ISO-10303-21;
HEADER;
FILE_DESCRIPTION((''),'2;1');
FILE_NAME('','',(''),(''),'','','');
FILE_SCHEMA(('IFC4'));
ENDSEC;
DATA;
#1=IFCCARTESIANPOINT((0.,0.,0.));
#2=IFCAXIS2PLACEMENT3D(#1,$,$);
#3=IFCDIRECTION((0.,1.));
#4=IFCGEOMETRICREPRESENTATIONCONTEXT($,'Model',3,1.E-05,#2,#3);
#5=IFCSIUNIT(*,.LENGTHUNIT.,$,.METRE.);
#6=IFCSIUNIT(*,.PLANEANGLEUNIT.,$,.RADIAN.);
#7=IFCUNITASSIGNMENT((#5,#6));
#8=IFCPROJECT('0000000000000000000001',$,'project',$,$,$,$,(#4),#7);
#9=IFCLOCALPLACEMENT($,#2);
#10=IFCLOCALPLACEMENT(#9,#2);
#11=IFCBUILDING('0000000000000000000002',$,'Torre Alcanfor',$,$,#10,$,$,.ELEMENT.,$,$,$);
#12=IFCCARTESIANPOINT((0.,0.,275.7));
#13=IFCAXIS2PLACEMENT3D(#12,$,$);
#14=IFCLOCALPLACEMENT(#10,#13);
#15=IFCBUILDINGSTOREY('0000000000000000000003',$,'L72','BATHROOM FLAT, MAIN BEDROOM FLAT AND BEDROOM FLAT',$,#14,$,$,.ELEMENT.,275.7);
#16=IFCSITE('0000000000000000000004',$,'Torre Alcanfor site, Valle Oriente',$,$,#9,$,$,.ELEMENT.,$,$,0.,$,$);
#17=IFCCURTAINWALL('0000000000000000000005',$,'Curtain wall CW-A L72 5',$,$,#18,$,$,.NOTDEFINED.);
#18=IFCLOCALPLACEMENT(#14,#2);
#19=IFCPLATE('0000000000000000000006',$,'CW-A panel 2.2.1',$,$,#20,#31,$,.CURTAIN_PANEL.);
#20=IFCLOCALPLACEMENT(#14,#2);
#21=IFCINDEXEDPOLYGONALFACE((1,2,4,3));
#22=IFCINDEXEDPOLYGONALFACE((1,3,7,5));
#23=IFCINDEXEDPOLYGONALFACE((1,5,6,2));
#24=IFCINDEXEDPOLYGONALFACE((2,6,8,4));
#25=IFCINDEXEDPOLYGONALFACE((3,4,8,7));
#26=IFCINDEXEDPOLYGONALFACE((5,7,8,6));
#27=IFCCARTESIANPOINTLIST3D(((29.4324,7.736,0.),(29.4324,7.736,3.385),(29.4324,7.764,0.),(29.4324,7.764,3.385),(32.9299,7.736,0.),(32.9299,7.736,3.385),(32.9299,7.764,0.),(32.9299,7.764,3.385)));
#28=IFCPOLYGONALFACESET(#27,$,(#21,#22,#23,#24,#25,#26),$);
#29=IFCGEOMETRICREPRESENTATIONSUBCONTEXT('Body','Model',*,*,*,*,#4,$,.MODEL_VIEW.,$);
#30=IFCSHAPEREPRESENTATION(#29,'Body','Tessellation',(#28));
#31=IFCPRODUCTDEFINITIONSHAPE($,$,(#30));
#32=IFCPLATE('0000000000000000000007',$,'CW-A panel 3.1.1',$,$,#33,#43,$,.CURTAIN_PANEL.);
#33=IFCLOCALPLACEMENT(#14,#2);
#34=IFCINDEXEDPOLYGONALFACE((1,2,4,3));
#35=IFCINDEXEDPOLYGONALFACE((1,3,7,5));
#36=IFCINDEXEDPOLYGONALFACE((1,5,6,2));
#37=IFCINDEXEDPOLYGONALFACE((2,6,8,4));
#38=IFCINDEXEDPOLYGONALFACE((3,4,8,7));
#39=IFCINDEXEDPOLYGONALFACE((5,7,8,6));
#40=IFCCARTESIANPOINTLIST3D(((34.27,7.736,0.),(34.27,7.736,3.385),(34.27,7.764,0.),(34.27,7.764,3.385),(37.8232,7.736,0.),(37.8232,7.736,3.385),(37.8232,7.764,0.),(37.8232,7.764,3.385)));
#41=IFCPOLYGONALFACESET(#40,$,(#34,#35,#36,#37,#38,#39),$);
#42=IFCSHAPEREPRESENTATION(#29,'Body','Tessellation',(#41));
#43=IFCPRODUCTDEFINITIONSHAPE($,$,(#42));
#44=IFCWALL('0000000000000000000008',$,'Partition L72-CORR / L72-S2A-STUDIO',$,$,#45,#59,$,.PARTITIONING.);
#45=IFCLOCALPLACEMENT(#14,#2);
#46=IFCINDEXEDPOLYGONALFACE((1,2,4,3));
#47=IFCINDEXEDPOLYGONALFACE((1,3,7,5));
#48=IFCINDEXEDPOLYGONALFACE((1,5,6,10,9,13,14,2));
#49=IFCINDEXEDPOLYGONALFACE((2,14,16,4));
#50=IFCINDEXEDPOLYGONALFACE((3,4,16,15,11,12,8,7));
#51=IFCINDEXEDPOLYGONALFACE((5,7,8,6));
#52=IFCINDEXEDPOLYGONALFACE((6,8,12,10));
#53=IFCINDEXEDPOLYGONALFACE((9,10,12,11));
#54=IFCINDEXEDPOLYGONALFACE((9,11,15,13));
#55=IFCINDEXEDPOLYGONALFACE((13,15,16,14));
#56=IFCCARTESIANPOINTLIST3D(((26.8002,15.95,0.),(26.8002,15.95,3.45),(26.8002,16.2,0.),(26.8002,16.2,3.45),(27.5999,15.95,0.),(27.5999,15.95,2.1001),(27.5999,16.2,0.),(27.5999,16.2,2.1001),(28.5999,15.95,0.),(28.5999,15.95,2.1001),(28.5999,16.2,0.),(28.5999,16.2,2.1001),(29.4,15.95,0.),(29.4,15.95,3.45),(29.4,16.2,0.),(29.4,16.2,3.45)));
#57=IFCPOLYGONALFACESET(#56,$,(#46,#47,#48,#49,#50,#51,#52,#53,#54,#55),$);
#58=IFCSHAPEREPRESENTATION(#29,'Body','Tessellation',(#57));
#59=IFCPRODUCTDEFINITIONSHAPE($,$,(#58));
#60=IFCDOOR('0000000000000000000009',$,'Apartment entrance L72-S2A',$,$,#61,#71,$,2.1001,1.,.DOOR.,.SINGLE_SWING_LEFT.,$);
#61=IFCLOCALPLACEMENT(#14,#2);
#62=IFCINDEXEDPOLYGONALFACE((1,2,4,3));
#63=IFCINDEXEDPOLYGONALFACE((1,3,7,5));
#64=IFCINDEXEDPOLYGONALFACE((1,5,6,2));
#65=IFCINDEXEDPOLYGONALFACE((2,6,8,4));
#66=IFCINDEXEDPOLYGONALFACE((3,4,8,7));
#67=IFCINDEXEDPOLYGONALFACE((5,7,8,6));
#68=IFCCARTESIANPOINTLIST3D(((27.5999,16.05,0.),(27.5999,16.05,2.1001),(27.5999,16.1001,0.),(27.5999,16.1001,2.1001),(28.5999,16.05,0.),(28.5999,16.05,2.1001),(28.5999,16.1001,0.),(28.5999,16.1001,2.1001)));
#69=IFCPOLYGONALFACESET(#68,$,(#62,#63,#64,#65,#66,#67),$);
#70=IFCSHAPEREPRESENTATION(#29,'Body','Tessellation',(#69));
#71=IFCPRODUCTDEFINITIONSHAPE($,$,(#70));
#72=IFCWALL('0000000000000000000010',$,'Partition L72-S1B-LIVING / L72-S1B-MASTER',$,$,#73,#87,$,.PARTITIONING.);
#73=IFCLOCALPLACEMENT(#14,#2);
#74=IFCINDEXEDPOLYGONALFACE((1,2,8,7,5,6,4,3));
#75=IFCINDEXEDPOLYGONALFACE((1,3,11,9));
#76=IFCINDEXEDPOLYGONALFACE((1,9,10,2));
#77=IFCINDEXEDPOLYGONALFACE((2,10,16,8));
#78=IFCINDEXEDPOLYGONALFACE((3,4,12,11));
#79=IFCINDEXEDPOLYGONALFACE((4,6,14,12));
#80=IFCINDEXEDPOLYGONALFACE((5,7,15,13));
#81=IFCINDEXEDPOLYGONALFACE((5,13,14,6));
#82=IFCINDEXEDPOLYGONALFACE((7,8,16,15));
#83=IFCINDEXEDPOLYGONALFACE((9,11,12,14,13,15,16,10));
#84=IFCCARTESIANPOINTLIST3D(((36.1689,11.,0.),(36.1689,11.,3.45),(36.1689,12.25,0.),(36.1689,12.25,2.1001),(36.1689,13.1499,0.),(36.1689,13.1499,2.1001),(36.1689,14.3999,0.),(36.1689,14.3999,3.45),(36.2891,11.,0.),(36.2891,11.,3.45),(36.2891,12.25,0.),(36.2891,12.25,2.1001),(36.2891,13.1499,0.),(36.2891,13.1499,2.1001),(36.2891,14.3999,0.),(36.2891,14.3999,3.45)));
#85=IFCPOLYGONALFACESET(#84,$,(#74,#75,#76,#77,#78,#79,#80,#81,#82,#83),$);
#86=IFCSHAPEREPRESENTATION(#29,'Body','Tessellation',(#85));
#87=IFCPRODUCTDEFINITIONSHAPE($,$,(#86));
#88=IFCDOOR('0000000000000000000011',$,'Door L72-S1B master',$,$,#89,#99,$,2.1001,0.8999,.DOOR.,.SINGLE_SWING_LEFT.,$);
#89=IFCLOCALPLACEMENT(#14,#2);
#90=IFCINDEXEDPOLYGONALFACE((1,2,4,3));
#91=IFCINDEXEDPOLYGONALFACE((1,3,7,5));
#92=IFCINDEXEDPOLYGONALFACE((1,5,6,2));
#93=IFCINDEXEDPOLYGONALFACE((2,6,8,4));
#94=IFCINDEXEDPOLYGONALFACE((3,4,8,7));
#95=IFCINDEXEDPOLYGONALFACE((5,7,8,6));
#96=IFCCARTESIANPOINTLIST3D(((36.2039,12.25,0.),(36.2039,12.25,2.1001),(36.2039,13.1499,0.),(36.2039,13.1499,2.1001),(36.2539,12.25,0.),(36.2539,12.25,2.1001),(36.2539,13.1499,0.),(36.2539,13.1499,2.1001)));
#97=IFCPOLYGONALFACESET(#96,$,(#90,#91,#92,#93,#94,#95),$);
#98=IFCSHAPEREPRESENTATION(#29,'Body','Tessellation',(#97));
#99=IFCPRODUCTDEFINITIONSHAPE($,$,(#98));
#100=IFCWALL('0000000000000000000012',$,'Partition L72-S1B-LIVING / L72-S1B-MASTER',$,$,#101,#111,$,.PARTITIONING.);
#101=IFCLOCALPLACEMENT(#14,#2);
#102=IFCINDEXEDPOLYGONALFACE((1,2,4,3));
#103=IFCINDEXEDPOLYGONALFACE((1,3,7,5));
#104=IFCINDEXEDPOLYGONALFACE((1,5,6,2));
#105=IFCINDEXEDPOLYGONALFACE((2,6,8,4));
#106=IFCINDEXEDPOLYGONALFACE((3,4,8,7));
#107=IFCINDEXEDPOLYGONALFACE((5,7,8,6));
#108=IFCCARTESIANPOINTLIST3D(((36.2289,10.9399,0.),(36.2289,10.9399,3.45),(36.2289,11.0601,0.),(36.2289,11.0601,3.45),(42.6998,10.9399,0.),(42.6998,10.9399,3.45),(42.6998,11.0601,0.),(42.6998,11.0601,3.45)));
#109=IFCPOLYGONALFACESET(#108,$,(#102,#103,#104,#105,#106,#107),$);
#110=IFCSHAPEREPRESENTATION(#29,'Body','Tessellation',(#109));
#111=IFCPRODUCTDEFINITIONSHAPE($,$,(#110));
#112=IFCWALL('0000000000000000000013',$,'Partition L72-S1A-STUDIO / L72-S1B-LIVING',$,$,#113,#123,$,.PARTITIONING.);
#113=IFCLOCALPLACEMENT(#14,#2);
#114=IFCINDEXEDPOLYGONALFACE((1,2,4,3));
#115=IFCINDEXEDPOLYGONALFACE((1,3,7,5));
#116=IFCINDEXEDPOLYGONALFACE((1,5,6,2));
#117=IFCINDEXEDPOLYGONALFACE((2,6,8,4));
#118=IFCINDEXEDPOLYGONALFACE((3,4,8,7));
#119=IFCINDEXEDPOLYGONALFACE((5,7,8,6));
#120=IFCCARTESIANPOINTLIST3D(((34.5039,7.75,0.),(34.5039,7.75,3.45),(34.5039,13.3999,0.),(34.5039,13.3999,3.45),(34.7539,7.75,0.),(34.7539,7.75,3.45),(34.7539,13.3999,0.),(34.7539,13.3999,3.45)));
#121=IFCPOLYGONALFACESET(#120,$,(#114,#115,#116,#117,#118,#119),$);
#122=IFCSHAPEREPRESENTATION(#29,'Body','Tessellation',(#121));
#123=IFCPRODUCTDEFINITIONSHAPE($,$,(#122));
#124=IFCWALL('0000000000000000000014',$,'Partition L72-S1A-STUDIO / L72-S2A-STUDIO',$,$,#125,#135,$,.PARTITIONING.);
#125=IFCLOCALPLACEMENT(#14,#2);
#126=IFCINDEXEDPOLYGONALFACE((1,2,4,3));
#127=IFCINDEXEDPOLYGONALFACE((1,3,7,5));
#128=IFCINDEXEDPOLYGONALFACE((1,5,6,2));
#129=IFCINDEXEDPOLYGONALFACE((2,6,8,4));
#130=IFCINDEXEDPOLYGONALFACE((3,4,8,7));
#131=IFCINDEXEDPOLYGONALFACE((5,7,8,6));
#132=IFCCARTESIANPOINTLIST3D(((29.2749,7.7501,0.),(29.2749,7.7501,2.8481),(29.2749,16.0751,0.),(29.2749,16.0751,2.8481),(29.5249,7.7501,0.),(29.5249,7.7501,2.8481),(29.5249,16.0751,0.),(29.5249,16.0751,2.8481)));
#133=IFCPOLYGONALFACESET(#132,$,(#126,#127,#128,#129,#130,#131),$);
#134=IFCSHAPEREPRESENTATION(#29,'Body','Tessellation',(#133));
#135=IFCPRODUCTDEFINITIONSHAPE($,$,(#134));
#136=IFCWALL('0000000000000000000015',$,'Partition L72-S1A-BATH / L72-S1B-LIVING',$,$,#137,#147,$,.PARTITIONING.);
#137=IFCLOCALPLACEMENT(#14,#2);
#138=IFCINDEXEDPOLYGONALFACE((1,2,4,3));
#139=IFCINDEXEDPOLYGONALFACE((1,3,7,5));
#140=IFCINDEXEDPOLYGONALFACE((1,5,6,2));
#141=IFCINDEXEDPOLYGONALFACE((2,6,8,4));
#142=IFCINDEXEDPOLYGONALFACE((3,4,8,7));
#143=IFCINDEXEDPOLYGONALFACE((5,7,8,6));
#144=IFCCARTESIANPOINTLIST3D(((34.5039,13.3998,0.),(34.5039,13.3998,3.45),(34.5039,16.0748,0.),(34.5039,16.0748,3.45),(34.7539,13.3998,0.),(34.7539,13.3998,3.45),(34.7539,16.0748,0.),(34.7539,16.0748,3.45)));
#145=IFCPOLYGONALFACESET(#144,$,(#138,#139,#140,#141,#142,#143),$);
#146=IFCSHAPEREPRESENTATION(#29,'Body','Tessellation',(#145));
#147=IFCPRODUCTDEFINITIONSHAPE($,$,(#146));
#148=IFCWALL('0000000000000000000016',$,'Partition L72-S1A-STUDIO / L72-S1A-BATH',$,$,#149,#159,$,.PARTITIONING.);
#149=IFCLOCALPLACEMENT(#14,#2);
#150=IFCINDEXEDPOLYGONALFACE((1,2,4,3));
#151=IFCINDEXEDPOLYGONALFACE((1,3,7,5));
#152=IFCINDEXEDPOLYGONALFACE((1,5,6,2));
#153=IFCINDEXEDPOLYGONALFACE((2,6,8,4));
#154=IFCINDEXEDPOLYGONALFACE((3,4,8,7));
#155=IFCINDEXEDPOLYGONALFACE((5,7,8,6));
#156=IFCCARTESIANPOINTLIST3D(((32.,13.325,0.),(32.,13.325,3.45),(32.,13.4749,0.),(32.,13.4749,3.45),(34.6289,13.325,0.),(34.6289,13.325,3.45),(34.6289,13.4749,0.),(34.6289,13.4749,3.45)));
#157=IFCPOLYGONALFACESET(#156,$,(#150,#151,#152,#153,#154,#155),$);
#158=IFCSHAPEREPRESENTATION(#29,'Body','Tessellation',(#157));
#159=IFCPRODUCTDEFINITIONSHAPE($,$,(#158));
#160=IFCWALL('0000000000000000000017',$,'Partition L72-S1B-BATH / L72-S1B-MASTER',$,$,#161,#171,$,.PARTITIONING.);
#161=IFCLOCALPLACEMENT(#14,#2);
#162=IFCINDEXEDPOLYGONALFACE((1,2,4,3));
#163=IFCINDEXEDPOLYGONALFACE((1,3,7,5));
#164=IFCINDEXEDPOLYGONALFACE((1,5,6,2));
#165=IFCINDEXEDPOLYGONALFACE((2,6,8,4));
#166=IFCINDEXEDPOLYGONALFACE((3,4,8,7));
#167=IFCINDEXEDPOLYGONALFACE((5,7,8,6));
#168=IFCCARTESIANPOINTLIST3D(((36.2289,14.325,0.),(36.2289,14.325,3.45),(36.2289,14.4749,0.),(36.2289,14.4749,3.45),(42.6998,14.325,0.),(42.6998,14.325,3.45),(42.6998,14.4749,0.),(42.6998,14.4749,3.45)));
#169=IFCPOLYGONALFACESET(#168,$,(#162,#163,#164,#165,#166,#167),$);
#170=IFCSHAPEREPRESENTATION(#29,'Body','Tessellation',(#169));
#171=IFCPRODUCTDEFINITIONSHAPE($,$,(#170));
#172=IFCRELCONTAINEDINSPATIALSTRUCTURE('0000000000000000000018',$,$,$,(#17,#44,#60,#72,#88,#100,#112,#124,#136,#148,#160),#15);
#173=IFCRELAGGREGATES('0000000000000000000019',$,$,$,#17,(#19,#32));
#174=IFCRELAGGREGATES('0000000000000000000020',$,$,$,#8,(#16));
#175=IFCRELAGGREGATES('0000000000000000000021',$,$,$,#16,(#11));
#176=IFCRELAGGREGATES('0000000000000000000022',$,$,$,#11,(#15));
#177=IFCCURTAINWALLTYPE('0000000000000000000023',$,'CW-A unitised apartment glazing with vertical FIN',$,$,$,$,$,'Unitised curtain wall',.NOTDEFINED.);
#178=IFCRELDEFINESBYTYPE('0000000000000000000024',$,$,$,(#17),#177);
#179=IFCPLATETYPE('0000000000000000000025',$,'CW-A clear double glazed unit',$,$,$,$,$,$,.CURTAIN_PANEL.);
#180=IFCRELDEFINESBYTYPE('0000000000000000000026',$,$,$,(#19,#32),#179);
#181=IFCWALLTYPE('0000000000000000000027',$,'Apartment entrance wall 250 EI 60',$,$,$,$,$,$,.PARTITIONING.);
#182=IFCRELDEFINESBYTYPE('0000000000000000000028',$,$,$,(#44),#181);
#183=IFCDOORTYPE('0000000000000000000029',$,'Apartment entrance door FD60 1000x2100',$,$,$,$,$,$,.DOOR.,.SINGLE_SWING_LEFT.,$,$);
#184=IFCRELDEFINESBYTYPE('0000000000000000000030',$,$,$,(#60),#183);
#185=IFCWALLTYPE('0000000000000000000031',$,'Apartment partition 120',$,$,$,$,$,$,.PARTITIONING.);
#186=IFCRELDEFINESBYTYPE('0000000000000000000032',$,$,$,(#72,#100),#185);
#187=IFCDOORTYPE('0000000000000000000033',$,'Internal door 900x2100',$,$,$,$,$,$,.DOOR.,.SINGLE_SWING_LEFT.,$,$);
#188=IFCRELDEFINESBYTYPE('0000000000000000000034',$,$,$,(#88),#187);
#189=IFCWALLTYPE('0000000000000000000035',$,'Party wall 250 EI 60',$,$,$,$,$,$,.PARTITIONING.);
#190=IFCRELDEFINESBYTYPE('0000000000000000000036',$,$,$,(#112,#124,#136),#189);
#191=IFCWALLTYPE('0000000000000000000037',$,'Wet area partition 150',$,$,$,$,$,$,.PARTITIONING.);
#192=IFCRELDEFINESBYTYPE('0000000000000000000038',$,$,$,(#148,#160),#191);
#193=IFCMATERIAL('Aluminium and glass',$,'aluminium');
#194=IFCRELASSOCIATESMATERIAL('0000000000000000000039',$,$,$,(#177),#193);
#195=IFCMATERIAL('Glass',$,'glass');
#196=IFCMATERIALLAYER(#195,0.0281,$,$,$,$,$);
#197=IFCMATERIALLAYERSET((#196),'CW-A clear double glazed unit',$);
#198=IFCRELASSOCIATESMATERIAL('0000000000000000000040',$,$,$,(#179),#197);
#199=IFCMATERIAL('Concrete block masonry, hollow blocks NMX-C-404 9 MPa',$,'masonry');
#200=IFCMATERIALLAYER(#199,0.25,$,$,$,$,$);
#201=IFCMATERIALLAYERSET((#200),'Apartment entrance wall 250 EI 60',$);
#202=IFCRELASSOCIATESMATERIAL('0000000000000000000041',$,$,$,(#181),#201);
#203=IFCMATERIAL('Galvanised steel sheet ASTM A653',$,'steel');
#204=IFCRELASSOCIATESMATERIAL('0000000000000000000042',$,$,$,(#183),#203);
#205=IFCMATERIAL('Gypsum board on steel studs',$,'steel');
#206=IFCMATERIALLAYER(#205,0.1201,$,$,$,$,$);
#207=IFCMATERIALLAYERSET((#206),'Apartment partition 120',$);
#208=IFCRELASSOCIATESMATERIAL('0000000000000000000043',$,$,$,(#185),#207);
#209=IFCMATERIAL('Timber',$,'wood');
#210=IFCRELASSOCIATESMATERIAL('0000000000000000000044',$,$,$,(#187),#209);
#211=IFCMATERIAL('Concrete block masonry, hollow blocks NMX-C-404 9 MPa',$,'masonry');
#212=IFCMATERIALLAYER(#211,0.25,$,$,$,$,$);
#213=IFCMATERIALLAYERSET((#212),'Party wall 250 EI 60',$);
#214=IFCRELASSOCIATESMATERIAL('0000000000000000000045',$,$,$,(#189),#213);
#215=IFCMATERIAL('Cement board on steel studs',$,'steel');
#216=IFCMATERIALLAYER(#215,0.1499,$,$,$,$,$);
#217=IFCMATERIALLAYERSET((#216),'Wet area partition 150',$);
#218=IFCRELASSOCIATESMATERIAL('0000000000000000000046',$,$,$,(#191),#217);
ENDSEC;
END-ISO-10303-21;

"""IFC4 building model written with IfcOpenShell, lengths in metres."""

from ifc_helpers import new_model, si_unit, direction, frame, frame_2d, origin, origin_2d, place, context, subcontext, project, spatial, rectangle, extrude, material, layer, layer_set, type_object, element, fill, aggregate, save


model = new_model("IFC4")

# Units and contexts
model_context = context("Model", 3, precision=1e-05, world=origin(), true_north=direction((0.0, 1.0)))
body_context = subcontext(model_context, "Body", "Model", "MODEL_VIEW")
ifc_project = project(units=[si_unit("LENGTHUNIT", "METRE"), si_unit("PLANEANGLEUNIT", "RADIAN")], contexts=[model_context])

# Site, building, storey
site_placement = place(None, origin())
site = spatial("IfcSite", under=ifc_project, at=site_placement, Name="Torre Alcanfor site, Valle Oriente", CompositionType="ELEMENT", RefElevation=0.0)
building_placement = place(site_placement, origin())
building = spatial("IfcBuilding", under=site, at=building_placement, Name="Torre Alcanfor", CompositionType="ELEMENT")
storey_placement = place(building_placement, frame((0.0, 0.0, 275.7)))
storey = spatial("IfcBuildingStorey", under=building, at=storey_placement, Name="L72", Description="BATHROOM FLAT, MAIN BEDROOM FLAT AND BEDROOM FLAT", CompositionType="ELEMENT", Elevation=275.7)

# Curtain wall
ifc_material_1 = material(Name="Aluminium and glass", Category="aluminium")
curtain_wall_type = type_object("IfcCurtainWallType", Name="CW-A unitised apartment glazing with vertical FIN", ElementType="Unitised curtain wall", PredefinedType="NOTDEFINED", material=ifc_material_1)
curtain_wall_placement = place(storey_placement, origin())
curtain_wall = element("IfcCurtainWall", 1, at=curtain_wall_placement, inside=storey, type_object=curtain_wall_type, Name="Curtain wall CW-A L72 5", PredefinedType="NOTDEFINED")

# Plates
ifc_material_2 = material(Name="Glass", Category="glass")
ifc_layer_1 = layer(ifc_material_2, 0.0281)
ifc_layer_set_1 = layer_set([ifc_layer_1], Name="CW-A clear double glazed unit")
plate_type = type_object("IfcPlateType", Name="CW-A clear double glazed unit", PredefinedType="CURTAIN_PANEL", material=ifc_layer_set_1)
plate_1_placement = place(storey_placement, frame((31.1812, 7.75, 0.0), z_axis=(0.0, 0.0, 1.0), x_axis=(1.0, 0.0, 0.0)))
plate_1 = element("IfcPlate", 2, at=plate_1_placement, type_object=plate_type, Name="CW-A panel 2.2.1", PredefinedType="CURTAIN_PANEL", context=body_context, shape_type="SweptSolid", body=[
    extrude(rectangle(XDim=3.4976, YDim=0.0281, at=origin_2d()), origin(), (0.0, 0.0, 1.0), 3.385),
])
plate_2_placement = place(storey_placement, frame((36.0466, 7.75, 0.0), z_axis=(0.0, 0.0, 1.0), x_axis=(1.0, 0.0, 0.0)))
plate_2 = element("IfcPlate", 3, at=plate_2_placement, type_object=plate_type, Name="CW-A panel 3.1.1", PredefinedType="CURTAIN_PANEL", context=body_context, shape_type="SweptSolid", body=[
    extrude(rectangle(XDim=3.5532, YDim=0.0281, at=origin_2d()), origin(), (0.0, 0.0, 1.0), 3.385),
])
aggregate(curtain_wall, [plate_1, plate_2])

# Walls, openings, doors
ifc_material_3 = material(Name="Concrete block masonry, hollow blocks NMX-C-404 9 MPa", Category="masonry")
ifc_layer_2 = layer(ifc_material_3, 0.25)
ifc_layer_set_2 = layer_set([ifc_layer_2], Name="Apartment entrance wall 250 EI 60")
wall_type_1 = type_object("IfcWallType", Name="Apartment entrance wall 250 EI 60", PredefinedType="PARTITIONING", material=ifc_layer_set_2)
wall_1_placement = place(storey_placement, frame((29.3999, 16.075, 0.0), z_axis=(0.0, 0.0, 1.0), x_axis=(-1.0, 0.0, 0.0)))
wall_1 = element("IfcWall", 4, at=wall_1_placement, inside=storey, type_object=wall_type_1, Name="Partition L72-CORR / L72-S2A-STUDIO", PredefinedType="PARTITIONING", context=body_context, shape_type="SweptSolid", body=[
    extrude(rectangle(XDim=2.5999, YDim=0.25, at=frame_2d((1.2998, 0.0))), origin(), (0.0, 0.0, 1.0), 3.45),
])
opening_1_placement = place(wall_1_placement, frame((0.8, 0.0, 0.0)))
opening_1 = element("IfcOpeningElement", 5, at=opening_1_placement, cuts=wall_1, PredefinedType="OPENING", context=body_context, shape_type="SweptSolid", body=[
    extrude(rectangle(XDim=1.0, YDim=2.1001, at=frame_2d((0.5, 1.05))), frame((0.0, 0.135, 0.0), z_axis=(0.0, -1.0, 0.0), x_axis=(1.0, 0.0, 0.0)), (0.0, 0.0, 1.0), 0.27),
])
ifc_material_4 = material(Name="Galvanised steel sheet ASTM A653", Category="steel")
door_type_1 = type_object("IfcDoorType", Name="Apartment entrance door FD60 1000x2100", OperationType="SINGLE_SWING_LEFT", PredefinedType="DOOR", material=ifc_material_4)
door_1_placement = place(opening_1_placement, origin())
door_1 = element("IfcDoor", 6, at=door_1_placement, inside=storey, type_object=door_type_1, Name="Apartment entrance L72-S2A", OperationType="SINGLE_SWING_LEFT", OverallHeight=2.1001, OverallWidth=1.0, PredefinedType="DOOR", context=body_context, shape_type="SweptSolid", body=[
    extrude(rectangle(XDim=1.0, YDim=2.1001, at=frame_2d((0.5, 1.05))), frame((0.0, 0.0249, 0.0), z_axis=(0.0, -1.0, 0.0), x_axis=(1.0, 0.0, 0.0)), (0.0, 0.0, 1.0), 0.05),
])
fill(opening_1, door_1)
ifc_material_5 = material(Name="Gypsum board on steel studs", Category="steel")
ifc_layer_3 = layer(ifc_material_5, 0.1201)
ifc_layer_set_3 = layer_set([ifc_layer_3], Name="Apartment partition 120")
wall_type_2 = type_object("IfcWallType", Name="Apartment partition 120", PredefinedType="PARTITIONING", material=ifc_layer_set_3)
wall_2_placement = place(storey_placement, frame((36.229, 14.3999, 0.0), z_axis=(0.0, 0.0, 1.0), x_axis=(0.0, -1.0, 0.0)))
wall_2 = element("IfcWall", 7, at=wall_2_placement, inside=storey, type_object=wall_type_2, Name="Partition L72-S1B-LIVING / L72-S1B-MASTER", PredefinedType="PARTITIONING", context=body_context, shape_type="SweptSolid", body=[
    extrude(rectangle(XDim=3.3999, YDim=0.1201, at=frame_2d((1.7, 0.0))), origin(), (0.0, 0.0, 1.0), 3.45),
])
opening_2_placement = place(wall_2_placement, frame((1.25, 0.0, 0.0)))
opening_2 = element("IfcOpeningElement", 8, at=opening_2_placement, cuts=wall_2, PredefinedType="OPENING", context=body_context, shape_type="SweptSolid", body=[
    extrude(rectangle(XDim=0.8999, YDim=2.1001, at=frame_2d((0.45, 1.05))), frame((0.0, 0.0701, 0.0), z_axis=(0.0, -1.0, 0.0), x_axis=(1.0, 0.0, 0.0)), (0.0, 0.0, 1.0), 0.1401),
])
ifc_material_6 = material(Name="Timber", Category="wood")
door_type_2 = type_object("IfcDoorType", Name="Internal door 900x2100", OperationType="SINGLE_SWING_LEFT", PredefinedType="DOOR", material=ifc_material_6)
door_2_placement = place(opening_2_placement, origin())
door_2 = element("IfcDoor", 9, at=door_2_placement, inside=storey, type_object=door_type_2, Name="Door L72-S1B master", OperationType="SINGLE_SWING_LEFT", OverallHeight=2.1001, OverallWidth=0.8999, PredefinedType="DOOR", context=body_context, shape_type="SweptSolid", body=[
    extrude(rectangle(XDim=0.8999, YDim=2.1001, at=frame_2d((0.45, 1.05))), frame((0.0, 0.0249, 0.0), z_axis=(0.0, -1.0, 0.0), x_axis=(1.0, 0.0, 0.0)), (0.0, 0.0, 1.0), 0.05),
])
fill(opening_2, door_2)

# Walls
wall_3_placement = place(storey_placement, frame((36.229, 11.0, 0.0), z_axis=(0.0, 0.0, 1.0), x_axis=(1.0, 0.0, 0.0)))
element("IfcWall", 10, at=wall_3_placement, inside=storey, type_object=wall_type_2, Name="Partition L72-S1B-LIVING / L72-S1B-MASTER", PredefinedType="PARTITIONING", context=body_context, shape_type="SweptSolid", body=[
    extrude(rectangle(XDim=6.4709, YDim=0.1201, at=frame_2d((3.2354, 0.0))), origin(), (0.0, 0.0, 1.0), 3.45),
])
ifc_material_7 = material(Name="Concrete block masonry, hollow blocks NMX-C-404 9 MPa", Category="masonry")
ifc_layer_4 = layer(ifc_material_7, 0.25)
ifc_layer_set_4 = layer_set([ifc_layer_4], Name="Party wall 250 EI 60")
wall_type_3 = type_object("IfcWallType", Name="Party wall 250 EI 60", PredefinedType="PARTITIONING", material=ifc_layer_set_4)
wall_4_placement = place(storey_placement, frame((34.6289, 13.3999, 0.0), z_axis=(0.0, 0.0, 1.0), x_axis=(0.0, -1.0, 0.0)))
element("IfcWall", 11, at=wall_4_placement, inside=storey, type_object=wall_type_3, Name="Partition L72-S1A-STUDIO / L72-S1B-LIVING", PredefinedType="PARTITIONING", context=body_context, shape_type="SweptSolid", body=[
    extrude(rectangle(XDim=5.6499, YDim=0.25, at=frame_2d((2.825, 0.0))), origin(), (0.0, 0.0, 1.0), 3.45),
])
wall_5_placement = place(storey_placement, frame((29.3999, 7.75, 0.0), z_axis=(0.0, 0.0, 1.0), x_axis=(0.0, 1.0, 0.0)))
element("IfcWall", 12, at=wall_5_placement, inside=storey, type_object=wall_type_3, Name="Partition L72-S1A-STUDIO / L72-S2A-STUDIO", PredefinedType="PARTITIONING", context=body_context, shape_type="SweptSolid", body=[
    extrude(rectangle(XDim=8.325, YDim=0.25, at=frame_2d((4.1626, 0.0))), origin(), (0.0, 0.0, 1.0), 2.8481),
])
wall_6_placement = place(storey_placement, frame((34.6289, 13.3999, 0.0), z_axis=(0.0, 0.0, 1.0), x_axis=(0.0, 1.0, 0.0)))
element("IfcWall", 13, at=wall_6_placement, inside=storey, type_object=wall_type_3, Name="Partition L72-S1A-BATH / L72-S1B-LIVING", PredefinedType="PARTITIONING", context=body_context, shape_type="SweptSolid", body=[
    extrude(rectangle(XDim=2.675, YDim=0.25, at=frame_2d((1.3374, 0.0))), origin(), (0.0, 0.0, 1.0), 3.45),
])
ifc_material_8 = material(Name="Cement board on steel studs", Category="steel")
ifc_layer_5 = layer(ifc_material_8, 0.1499)
ifc_layer_set_5 = layer_set([ifc_layer_5], Name="Wet area partition 150")
wall_type_4 = type_object("IfcWallType", Name="Wet area partition 150", PredefinedType="PARTITIONING", material=ifc_layer_set_5)
wall_7_placement = place(storey_placement, frame((32.0, 13.3999, 0.0), z_axis=(0.0, 0.0, 1.0), x_axis=(1.0, 0.0, 0.0)))
element("IfcWall", 14, at=wall_7_placement, inside=storey, type_object=wall_type_4, Name="Partition L72-S1A-STUDIO / L72-S1A-BATH", PredefinedType="PARTITIONING", context=body_context, shape_type="SweptSolid", body=[
    extrude(rectangle(XDim=2.6289, YDim=0.1499, at=frame_2d((1.3145, 0.0))), origin(), (0.0, 0.0, 1.0), 3.45),
])
wall_8_placement = place(storey_placement, frame((36.229, 14.3999, 0.0), z_axis=(0.0, 0.0, 1.0), x_axis=(1.0, 0.0, 0.0)))
element("IfcWall", 15, at=wall_8_placement, inside=storey, type_object=wall_type_4, Name="Partition L72-S1B-BATH / L72-S1B-MASTER", PredefinedType="PARTITIONING", context=body_context, shape_type="SweptSolid", body=[
    extrude(rectangle(XDim=6.4709, YDim=0.1499, at=frame_2d((3.2354, 0.0))), origin(), (0.0, 0.0, 1.0), 3.45),
])

save(model, "model.ifc")
